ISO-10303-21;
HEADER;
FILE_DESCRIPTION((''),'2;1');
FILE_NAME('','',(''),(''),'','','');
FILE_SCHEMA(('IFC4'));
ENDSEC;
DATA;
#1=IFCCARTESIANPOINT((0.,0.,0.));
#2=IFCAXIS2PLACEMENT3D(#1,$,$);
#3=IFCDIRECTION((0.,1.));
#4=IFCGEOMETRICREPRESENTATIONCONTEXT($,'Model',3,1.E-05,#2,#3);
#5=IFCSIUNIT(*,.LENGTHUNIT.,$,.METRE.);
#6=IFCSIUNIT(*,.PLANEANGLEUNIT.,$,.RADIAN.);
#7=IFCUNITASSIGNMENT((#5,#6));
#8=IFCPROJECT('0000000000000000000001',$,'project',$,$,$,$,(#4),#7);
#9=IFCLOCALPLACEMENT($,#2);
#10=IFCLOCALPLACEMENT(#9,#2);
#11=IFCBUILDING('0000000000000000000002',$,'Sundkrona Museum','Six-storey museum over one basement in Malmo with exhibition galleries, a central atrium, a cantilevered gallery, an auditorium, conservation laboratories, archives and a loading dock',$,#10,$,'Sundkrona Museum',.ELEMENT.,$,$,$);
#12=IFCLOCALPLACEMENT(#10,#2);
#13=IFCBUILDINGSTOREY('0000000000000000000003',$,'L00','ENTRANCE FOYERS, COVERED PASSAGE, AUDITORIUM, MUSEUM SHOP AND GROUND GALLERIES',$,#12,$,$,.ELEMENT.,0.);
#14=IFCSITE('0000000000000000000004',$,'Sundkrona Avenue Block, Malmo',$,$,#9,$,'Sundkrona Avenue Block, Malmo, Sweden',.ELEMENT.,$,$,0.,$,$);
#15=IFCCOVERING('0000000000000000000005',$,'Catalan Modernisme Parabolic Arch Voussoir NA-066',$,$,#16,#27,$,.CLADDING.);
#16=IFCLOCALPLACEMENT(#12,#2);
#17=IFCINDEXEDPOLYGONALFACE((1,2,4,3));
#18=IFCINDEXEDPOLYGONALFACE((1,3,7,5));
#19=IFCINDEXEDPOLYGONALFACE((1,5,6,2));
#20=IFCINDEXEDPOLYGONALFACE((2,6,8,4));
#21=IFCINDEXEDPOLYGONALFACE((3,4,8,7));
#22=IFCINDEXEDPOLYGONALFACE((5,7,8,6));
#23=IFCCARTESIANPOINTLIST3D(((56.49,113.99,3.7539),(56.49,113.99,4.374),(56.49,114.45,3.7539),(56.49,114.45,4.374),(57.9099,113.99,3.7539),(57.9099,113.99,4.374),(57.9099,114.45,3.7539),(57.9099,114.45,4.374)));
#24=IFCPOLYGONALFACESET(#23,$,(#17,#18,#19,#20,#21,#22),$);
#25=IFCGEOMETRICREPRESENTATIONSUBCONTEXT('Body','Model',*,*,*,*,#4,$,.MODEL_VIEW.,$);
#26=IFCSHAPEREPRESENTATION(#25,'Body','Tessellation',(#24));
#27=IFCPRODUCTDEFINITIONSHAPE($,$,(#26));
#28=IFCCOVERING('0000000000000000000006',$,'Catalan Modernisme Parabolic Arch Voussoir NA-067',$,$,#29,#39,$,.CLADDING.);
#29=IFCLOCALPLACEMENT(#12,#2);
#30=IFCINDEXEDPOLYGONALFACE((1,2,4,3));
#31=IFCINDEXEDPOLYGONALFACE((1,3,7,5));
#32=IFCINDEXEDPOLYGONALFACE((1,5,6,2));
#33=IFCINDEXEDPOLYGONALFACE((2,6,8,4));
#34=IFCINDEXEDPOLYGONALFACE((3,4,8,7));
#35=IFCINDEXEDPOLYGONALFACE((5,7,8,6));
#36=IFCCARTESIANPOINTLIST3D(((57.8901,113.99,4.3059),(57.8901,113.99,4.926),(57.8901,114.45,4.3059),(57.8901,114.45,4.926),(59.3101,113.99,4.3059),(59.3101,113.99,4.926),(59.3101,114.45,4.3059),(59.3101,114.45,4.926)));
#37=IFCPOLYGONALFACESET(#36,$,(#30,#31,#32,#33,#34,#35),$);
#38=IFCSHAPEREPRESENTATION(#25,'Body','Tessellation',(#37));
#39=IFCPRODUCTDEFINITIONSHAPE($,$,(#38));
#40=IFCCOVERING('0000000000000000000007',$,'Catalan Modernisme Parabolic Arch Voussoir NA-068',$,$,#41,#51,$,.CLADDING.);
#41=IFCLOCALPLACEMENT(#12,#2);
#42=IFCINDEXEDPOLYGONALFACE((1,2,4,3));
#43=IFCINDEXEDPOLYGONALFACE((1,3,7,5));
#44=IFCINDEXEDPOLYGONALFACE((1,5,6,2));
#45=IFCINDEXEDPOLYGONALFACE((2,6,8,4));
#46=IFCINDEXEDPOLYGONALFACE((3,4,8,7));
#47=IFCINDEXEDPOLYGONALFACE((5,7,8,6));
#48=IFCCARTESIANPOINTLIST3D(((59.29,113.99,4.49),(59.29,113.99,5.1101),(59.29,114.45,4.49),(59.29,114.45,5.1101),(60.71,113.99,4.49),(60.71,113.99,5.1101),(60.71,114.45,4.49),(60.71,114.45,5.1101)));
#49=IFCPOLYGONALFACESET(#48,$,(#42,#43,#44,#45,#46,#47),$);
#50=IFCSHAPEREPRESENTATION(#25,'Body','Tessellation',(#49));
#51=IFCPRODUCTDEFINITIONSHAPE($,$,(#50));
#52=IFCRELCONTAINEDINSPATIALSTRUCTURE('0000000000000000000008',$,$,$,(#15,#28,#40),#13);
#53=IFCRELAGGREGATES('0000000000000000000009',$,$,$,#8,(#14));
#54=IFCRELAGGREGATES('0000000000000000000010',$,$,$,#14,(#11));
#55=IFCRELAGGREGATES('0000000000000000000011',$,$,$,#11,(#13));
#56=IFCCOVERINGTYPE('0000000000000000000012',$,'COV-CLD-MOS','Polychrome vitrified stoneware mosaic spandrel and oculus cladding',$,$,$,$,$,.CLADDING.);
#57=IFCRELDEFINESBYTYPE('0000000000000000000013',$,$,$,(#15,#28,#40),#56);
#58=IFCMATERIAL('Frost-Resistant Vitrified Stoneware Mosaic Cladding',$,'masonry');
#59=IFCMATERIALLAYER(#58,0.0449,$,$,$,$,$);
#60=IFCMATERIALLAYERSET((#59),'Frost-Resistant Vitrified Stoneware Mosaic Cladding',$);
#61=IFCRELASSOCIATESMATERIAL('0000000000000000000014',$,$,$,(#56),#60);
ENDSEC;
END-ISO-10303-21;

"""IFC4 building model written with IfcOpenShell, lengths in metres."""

from ifc_helpers import new_model, si_unit, direction, frame, origin, origin_2d, place, context, subcontext, project, spatial, rectangle, extrude, material, layer, layer_set, type_object, element, save


model = new_model("IFC4")

# Units and contexts
model_context = context("Model", 3, precision=1e-05, world=origin(), true_north=direction((0.0, 1.0)))
body_context = subcontext(model_context, "Body", "Model", "MODEL_VIEW")
ifc_project = project(units=[si_unit("LENGTHUNIT", "METRE"), si_unit("PLANEANGLEUNIT", "RADIAN")], contexts=[model_context])

# Site, building, storey
site_placement = place(None, origin())
site = spatial("IfcSite", under=ifc_project, at=site_placement, Name="Sundkrona Avenue Block, Malmo", LongName="Sundkrona Avenue Block, Malmo, Sweden", CompositionType="ELEMENT", RefElevation=0.0)
building_placement = place(site_placement, origin())
building = spatial("IfcBuilding", under=site, at=building_placement, Name="Sundkrona Museum", Description="Six-storey museum over one basement in Malmo with exhibition galleries, a central atrium, a cantilevered gallery, an auditorium, conservation laboratories, archives and a loading dock", LongName="Sundkrona Museum", CompositionType="ELEMENT")
storey_placement = place(building_placement, origin())
storey = spatial("IfcBuildingStorey", under=building, at=storey_placement, Name="L00", Description="ENTRANCE FOYERS, COVERED PASSAGE, AUDITORIUM, MUSEUM SHOP AND GROUND GALLERIES", CompositionType="ELEMENT", Elevation=0.0)

# Coverings
ifc_material_1 = material(Name="Frost-Resistant Vitrified Stoneware Mosaic Cladding", Category="masonry")
ifc_layer_1 = layer(ifc_material_1, 0.0449)
ifc_layer_set_1 = layer_set([ifc_layer_1], Name="Frost-Resistant Vitrified Stoneware Mosaic Cladding")
covering_type = type_object("IfcCoveringType", Name="COV-CLD-MOS", Description="Polychrome vitrified stoneware mosaic spandrel and oculus cladding", PredefinedType="CLADDING", material=ifc_layer_set_1)
for number, where, z_axis, x_axis, name in (
    (1, (57.2, 114.22, 3.7539), (0.0, 0.0, 1.0), (1.0, 0.0, 0.0), "Catalan Modernisme Parabolic Arch Voussoir NA-066"),
    (2, (58.6001, 114.22, 4.3059), (0.0, 0.0, 1.0), (1.0, 0.0, 0.0), "Catalan Modernisme Parabolic Arch Voussoir NA-067"),
    (3, (60.0, 114.22, 4.49), (0.0, 0.0, 1.0), (1.0, 0.0, 0.0), "Catalan Modernisme Parabolic Arch Voussoir NA-068"),
):
    element("IfcCovering", number, at=place(storey_placement, frame(where, z_axis=z_axis, x_axis=x_axis)), inside=storey, type_object=covering_type, Name=name, PredefinedType="CLADDING", context=body_context, shape_type="SweptSolid", body=[
        extrude(rectangle(XDim=1.4199, YDim=0.46, at=origin_2d()), origin(), (0.0, 0.0, 1.0), 0.6201),
    ])

save(model, "model.ifc")
